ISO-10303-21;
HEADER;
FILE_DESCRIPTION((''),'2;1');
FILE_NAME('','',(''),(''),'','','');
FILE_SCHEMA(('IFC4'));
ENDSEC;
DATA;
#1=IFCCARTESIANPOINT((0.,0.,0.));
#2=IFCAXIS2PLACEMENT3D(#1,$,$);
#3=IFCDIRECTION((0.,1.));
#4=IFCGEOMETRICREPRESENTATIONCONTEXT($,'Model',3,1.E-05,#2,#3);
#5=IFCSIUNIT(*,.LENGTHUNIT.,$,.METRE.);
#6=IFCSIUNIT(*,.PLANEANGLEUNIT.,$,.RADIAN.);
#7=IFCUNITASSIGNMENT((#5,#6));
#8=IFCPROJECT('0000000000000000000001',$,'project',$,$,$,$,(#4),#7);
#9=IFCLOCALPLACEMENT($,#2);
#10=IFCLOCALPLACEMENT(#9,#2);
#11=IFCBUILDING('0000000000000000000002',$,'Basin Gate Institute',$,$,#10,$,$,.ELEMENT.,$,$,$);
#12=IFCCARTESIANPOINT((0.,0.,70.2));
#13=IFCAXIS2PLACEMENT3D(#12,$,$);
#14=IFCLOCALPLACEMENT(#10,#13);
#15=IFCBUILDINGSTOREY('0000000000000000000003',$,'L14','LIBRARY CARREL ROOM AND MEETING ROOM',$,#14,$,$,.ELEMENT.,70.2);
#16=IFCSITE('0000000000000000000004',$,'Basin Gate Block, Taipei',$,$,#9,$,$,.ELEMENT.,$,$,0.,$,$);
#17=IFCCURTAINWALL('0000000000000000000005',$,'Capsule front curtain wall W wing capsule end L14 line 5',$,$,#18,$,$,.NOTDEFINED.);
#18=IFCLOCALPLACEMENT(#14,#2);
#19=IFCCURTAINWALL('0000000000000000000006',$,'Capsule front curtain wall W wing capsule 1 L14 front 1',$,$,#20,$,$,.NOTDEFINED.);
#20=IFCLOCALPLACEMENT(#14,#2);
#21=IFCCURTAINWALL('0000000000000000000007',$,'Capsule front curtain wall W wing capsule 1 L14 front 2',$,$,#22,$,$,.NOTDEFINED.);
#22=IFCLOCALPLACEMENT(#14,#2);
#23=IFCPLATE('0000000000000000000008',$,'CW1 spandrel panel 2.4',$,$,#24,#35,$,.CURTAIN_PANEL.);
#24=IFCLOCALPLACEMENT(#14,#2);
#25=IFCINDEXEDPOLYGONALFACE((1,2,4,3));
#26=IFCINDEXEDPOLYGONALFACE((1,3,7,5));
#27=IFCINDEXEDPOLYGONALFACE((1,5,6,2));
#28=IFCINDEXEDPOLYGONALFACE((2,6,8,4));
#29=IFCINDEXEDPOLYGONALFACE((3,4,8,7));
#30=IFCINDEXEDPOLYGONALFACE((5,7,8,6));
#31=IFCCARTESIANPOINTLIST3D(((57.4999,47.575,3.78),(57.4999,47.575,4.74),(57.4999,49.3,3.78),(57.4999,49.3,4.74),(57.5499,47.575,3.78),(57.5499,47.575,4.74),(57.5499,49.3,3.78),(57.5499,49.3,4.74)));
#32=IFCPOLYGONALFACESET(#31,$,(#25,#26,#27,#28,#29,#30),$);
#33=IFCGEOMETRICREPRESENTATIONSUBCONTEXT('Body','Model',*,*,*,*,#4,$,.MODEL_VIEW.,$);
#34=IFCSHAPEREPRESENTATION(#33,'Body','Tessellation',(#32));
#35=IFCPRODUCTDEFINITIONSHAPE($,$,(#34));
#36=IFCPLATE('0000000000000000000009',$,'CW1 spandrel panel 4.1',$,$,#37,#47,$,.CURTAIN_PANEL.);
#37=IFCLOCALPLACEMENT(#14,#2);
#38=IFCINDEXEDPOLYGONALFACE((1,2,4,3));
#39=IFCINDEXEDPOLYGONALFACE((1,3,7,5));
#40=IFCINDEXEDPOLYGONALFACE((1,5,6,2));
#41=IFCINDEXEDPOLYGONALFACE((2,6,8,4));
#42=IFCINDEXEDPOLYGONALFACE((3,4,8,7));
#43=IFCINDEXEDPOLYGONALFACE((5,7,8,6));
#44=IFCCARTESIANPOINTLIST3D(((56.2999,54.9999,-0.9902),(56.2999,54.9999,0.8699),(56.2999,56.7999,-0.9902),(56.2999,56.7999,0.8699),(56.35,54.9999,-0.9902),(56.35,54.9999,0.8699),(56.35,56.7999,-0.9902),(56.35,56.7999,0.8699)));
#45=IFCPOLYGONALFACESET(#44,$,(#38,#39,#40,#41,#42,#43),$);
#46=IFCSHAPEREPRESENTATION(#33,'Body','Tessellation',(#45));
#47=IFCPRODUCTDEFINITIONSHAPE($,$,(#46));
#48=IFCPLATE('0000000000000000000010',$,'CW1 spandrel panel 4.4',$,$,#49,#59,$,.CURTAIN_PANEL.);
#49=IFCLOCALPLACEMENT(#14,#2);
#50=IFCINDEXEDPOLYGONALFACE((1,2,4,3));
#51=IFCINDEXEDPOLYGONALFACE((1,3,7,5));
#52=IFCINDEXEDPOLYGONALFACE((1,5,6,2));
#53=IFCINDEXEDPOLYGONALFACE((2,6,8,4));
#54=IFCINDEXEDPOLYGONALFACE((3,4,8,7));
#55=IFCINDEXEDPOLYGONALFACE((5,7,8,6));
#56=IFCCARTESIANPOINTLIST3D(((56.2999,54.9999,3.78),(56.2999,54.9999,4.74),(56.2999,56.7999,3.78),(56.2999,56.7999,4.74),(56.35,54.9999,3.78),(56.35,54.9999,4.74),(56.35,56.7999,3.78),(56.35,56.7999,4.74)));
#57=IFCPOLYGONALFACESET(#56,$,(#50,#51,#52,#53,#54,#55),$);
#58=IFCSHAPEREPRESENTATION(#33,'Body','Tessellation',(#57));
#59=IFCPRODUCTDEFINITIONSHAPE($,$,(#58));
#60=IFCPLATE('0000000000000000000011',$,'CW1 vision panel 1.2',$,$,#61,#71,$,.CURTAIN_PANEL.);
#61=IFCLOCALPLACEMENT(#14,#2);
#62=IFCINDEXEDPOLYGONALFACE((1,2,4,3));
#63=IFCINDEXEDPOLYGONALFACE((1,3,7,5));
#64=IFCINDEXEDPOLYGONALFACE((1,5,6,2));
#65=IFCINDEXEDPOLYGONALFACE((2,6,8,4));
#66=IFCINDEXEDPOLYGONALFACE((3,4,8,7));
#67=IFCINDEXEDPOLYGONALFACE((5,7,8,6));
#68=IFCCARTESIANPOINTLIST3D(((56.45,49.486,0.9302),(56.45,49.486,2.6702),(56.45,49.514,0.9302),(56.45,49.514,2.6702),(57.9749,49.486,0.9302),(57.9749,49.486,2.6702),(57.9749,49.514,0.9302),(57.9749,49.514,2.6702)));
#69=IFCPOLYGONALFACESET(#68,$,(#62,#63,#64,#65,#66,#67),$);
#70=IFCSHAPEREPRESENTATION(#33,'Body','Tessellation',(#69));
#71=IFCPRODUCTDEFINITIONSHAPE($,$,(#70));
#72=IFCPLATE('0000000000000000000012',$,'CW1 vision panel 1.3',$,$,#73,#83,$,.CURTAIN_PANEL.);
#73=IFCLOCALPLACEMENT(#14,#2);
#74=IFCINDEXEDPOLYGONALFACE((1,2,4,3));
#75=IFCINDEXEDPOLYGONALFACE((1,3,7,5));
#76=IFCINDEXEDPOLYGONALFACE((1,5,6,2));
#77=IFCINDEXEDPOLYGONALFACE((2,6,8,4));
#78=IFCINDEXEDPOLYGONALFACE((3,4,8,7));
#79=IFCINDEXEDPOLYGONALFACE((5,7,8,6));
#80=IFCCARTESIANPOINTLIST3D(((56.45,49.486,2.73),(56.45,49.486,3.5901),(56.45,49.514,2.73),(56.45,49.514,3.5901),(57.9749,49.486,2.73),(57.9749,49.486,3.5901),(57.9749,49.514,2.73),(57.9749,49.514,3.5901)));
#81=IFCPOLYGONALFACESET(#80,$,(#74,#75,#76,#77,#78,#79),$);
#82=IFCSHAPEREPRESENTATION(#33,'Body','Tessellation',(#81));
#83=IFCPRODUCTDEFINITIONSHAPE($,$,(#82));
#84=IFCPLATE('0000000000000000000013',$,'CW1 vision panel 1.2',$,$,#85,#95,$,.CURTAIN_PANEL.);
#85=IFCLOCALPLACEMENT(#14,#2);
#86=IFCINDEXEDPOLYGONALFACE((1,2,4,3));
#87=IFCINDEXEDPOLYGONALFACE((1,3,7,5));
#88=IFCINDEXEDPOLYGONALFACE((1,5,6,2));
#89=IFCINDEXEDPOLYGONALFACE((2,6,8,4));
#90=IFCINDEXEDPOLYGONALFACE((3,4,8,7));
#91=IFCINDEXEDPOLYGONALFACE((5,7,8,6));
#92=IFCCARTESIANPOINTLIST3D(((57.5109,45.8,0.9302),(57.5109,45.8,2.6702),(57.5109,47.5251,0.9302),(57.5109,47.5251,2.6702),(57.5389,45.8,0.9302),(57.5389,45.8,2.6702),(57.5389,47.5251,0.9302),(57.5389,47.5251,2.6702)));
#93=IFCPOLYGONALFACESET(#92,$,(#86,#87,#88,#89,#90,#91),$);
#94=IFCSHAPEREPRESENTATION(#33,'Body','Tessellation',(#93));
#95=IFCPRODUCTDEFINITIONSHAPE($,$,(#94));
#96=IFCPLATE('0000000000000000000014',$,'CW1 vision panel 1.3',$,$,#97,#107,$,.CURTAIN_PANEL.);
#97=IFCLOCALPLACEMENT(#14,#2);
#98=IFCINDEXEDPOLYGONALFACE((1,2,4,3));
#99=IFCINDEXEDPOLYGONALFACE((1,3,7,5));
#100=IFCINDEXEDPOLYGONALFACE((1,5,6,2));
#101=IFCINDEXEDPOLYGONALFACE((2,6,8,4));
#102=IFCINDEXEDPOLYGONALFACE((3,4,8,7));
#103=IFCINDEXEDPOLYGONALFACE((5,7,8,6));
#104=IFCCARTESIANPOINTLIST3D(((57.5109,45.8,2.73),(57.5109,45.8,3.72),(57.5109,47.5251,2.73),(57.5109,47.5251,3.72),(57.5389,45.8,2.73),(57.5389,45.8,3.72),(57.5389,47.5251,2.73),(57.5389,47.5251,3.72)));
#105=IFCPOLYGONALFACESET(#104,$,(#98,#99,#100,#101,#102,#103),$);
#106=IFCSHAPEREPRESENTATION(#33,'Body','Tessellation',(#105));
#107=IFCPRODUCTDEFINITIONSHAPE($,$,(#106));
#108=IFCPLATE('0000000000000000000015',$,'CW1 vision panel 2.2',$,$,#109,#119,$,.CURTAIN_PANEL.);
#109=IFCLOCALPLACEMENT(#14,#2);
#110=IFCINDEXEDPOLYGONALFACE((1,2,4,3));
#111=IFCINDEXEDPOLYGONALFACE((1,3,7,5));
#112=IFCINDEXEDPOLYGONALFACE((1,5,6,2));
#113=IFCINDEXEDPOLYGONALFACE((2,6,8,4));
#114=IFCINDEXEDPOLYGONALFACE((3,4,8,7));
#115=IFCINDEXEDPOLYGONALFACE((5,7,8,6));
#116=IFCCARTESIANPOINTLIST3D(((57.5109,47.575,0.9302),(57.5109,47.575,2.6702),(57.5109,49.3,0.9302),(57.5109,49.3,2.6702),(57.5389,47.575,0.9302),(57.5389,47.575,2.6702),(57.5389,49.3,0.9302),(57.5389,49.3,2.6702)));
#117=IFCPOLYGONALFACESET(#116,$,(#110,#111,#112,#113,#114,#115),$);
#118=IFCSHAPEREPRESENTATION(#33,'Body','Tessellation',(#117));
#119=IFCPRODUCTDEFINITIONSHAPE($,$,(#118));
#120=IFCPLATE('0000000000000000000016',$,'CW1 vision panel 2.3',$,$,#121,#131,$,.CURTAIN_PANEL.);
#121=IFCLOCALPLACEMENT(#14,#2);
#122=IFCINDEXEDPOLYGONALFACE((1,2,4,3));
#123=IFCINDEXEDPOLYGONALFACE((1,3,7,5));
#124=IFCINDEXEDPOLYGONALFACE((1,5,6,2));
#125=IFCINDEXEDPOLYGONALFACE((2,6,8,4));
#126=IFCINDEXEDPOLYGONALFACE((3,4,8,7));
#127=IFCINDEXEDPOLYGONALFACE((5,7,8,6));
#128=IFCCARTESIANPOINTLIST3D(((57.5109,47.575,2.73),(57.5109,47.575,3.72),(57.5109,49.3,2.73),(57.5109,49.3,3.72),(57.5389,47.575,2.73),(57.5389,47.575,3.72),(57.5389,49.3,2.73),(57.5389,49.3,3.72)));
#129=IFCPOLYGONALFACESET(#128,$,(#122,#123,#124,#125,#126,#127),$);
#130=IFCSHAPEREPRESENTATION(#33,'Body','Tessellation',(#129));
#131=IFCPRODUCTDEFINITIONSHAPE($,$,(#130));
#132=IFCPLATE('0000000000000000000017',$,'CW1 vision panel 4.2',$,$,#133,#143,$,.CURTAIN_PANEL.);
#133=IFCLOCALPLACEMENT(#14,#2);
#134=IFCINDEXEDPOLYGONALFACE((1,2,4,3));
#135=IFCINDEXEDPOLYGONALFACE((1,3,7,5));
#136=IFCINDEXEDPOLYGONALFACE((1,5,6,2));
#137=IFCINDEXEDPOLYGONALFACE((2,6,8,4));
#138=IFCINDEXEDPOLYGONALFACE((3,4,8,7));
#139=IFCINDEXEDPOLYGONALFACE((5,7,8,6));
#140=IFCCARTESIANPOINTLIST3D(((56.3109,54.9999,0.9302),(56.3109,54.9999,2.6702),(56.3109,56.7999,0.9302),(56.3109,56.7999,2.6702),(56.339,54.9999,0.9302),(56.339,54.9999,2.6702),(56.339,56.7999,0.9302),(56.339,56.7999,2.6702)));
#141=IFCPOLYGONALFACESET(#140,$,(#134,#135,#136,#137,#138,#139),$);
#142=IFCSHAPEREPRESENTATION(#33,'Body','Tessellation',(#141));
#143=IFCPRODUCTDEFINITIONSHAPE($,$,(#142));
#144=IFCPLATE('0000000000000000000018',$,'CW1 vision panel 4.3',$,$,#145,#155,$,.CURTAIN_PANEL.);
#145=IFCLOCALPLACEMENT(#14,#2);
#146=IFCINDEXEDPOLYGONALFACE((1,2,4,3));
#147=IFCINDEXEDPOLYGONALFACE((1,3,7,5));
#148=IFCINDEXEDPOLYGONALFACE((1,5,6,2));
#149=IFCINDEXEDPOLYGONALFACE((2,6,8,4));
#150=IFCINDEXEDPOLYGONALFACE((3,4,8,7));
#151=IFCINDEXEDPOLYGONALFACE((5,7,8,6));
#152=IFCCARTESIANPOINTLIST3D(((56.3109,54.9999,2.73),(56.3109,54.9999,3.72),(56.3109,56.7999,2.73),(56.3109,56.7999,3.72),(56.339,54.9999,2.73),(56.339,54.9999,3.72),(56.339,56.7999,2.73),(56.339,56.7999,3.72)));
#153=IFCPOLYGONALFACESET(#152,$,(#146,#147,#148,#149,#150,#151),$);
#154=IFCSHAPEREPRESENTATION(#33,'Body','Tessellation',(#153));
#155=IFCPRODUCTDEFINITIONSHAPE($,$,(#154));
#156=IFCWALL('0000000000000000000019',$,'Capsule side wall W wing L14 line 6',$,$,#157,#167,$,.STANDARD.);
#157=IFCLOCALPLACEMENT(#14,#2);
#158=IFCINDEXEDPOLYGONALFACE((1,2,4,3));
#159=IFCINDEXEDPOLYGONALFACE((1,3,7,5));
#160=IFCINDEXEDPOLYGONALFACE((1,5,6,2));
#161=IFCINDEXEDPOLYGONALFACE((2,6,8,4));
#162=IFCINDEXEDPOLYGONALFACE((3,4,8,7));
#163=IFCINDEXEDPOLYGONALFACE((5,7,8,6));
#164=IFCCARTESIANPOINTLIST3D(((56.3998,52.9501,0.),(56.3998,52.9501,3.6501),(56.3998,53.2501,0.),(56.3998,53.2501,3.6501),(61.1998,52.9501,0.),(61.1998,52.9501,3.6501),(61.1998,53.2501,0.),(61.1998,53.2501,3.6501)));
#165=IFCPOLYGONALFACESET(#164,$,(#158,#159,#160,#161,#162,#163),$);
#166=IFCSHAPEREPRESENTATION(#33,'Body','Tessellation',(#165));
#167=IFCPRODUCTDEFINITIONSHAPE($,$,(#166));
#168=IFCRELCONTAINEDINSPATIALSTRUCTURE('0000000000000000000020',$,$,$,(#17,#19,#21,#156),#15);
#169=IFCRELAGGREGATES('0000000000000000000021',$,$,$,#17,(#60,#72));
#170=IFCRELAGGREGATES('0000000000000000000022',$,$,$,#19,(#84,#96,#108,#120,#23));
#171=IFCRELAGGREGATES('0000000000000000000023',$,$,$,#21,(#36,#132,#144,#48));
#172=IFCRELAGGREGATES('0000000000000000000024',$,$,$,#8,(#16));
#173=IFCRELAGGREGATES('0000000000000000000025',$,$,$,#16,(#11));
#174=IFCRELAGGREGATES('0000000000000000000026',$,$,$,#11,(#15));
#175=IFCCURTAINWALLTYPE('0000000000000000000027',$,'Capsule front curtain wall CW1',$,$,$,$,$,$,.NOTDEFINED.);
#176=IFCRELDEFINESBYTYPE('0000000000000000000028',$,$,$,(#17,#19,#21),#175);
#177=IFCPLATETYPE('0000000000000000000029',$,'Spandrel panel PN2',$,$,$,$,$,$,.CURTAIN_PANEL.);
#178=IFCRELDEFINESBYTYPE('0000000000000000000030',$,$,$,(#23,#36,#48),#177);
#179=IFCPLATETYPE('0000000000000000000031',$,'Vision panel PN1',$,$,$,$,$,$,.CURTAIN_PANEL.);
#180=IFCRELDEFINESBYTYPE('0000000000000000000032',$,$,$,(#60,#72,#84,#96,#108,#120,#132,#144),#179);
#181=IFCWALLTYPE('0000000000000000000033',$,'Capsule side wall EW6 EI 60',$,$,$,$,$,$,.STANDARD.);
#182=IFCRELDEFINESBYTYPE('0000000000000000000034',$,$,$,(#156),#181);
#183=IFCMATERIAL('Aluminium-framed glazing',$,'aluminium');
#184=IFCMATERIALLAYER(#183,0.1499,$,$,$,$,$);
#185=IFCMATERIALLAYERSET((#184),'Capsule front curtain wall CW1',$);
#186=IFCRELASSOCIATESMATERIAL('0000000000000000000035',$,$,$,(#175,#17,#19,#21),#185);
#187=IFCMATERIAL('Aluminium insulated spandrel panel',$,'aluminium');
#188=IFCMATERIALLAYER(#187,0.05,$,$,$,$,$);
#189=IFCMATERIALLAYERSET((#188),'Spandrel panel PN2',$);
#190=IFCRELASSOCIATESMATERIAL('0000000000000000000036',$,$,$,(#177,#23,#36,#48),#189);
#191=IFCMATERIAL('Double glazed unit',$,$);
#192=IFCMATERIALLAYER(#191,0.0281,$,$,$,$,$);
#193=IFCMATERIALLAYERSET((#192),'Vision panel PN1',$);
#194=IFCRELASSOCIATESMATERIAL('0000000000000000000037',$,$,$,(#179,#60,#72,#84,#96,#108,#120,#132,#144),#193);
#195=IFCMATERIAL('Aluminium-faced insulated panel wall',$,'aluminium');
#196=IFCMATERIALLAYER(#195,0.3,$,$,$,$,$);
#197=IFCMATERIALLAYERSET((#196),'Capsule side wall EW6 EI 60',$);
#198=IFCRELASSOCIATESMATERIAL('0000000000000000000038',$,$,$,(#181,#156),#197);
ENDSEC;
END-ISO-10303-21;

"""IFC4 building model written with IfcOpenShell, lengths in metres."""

from ifc_helpers import new_model, si_unit, direction, frame, frame_2d, origin, origin_2d, place, context, subcontext, project, spatial, rectangle, extrude, material, layer, layer_set, type_object, element, aggregate, save


model = new_model("IFC4")

# Units and contexts
model_context = context("Model", 3, precision=1e-05, world=origin(), true_north=direction((0.0, 1.0)))
body_context = subcontext(model_context, "Body", "Model", "MODEL_VIEW")
ifc_project = project(units=[si_unit("LENGTHUNIT", "METRE"), si_unit("PLANEANGLEUNIT", "RADIAN")], contexts=[model_context])

# Site, building, storey
site_placement = place(None, origin())
site = spatial("IfcSite", under=ifc_project, at=site_placement, Name="Basin Gate Block, Taipei", CompositionType="ELEMENT", RefElevation=0.0)
building_placement = place(site_placement, origin())
building = spatial("IfcBuilding", under=site, at=building_placement, Name="Basin Gate Institute", CompositionType="ELEMENT")
storey_placement = place(building_placement, frame((0.0, 0.0, 70.2)))
storey = spatial("IfcBuildingStorey", under=building, at=storey_placement, Name="L14", Description="LIBRARY CARREL ROOM AND MEETING ROOM", CompositionType="ELEMENT", Elevation=70.2)

# Curtain wall
ifc_material_1 = material(Name="Aluminium-framed glazing", Category="aluminium")
ifc_layer_1 = layer(ifc_material_1, 0.1499)
ifc_layer_set_1 = layer_set([ifc_layer_1], Name="Capsule front curtain wall CW1")
curtain_wall_type = type_object("IfcCurtainWallType", Name="Capsule front curtain wall CW1", PredefinedType="NOTDEFINED", material=ifc_layer_set_1)
curtain_wall_1_placement = place(storey_placement, origin())
curtain_wall_1 = element("IfcCurtainWall", 1, at=curtain_wall_1_placement, inside=storey, type_object=curtain_wall_type, material=ifc_layer_set_1, Name="Capsule front curtain wall W wing capsule end L14 line 5", PredefinedType="NOTDEFINED")

# Curtain wall
curtain_wall_2_placement = place(storey_placement, origin())
curtain_wall_2 = element("IfcCurtainWall", 2, at=curtain_wall_2_placement, inside=storey, type_object=curtain_wall_type, material=ifc_layer_set_1, Name="Capsule front curtain wall W wing capsule 1 L14 front 1", PredefinedType="NOTDEFINED")

# Curtain wall
curtain_wall_3_placement = place(storey_placement, origin())
curtain_wall_3 = element("IfcCurtainWall", 3, at=curtain_wall_3_placement, inside=storey, type_object=curtain_wall_type, material=ifc_layer_set_1, Name="Capsule front curtain wall W wing capsule 1 L14 front 2", PredefinedType="NOTDEFINED")

# Plates
ifc_material_2 = material(Name="Aluminium insulated spandrel panel", Category="aluminium")
ifc_layer_2 = layer(ifc_material_2, 0.05)
ifc_layer_set_2 = layer_set([ifc_layer_2], Name="Spandrel panel PN2")
plate_type_1 = type_object("IfcPlateType", Name="Spandrel panel PN2", PredefinedType="CURTAIN_PANEL", material=ifc_layer_set_2)
plate_1_placement = place(storey_placement, frame((57.5249, 48.4375, 3.78), z_axis=(0.0, 0.0, 1.0), x_axis=(0.0, 1.0, 0.0)))
plate_1 = element("IfcPlate", 4, at=plate_1_placement, type_object=plate_type_1, material=ifc_layer_set_2, Name="CW1 spandrel panel 2.4", PredefinedType="CURTAIN_PANEL", context=body_context, shape_type="SweptSolid", body=[
    extrude(rectangle(XDim=1.7251, YDim=0.05, at=origin_2d()), origin(), (0.0, 0.0, 1.0), 0.96),
])
plate_2_placement = place(storey_placement, frame((56.325, 55.8999, -0.9902), z_axis=(0.0, 0.0, 1.0), x_axis=(0.0, 1.0, 0.0)))
plate_2 = element("IfcPlate", 5, at=plate_2_placement, type_object=plate_type_1, material=ifc_layer_set_2, Name="CW1 spandrel panel 4.1", PredefinedType="CURTAIN_PANEL", context=body_context, shape_type="SweptSolid", body=[
    extrude(rectangle(XDim=1.8, YDim=0.05, at=origin_2d()), origin(), (0.0, 0.0, 1.0), 1.8601),
])
plate_3_placement = place(storey_placement, frame((56.325, 55.8999, 3.78), z_axis=(0.0, 0.0, 1.0), x_axis=(0.0, 1.0, 0.0)))
plate_3 = element("IfcPlate", 6, at=plate_3_placement, type_object=plate_type_1, material=ifc_layer_set_2, Name="CW1 spandrel panel 4.4", PredefinedType="CURTAIN_PANEL", context=body_context, shape_type="SweptSolid", body=[
    extrude(rectangle(XDim=1.8, YDim=0.05, at=origin_2d()), origin(), (0.0, 0.0, 1.0), 0.96),
])
ifc_material_3 = material(Name="Double glazed unit")
ifc_layer_3 = layer(ifc_material_3, 0.0281)
ifc_layer_set_3 = layer_set([ifc_layer_3], Name="Vision panel PN1")
plate_type_2 = type_object("IfcPlateType", Name="Vision panel PN1", PredefinedType="CURTAIN_PANEL", material=ifc_layer_set_3)
plate_4_placement = place(storey_placement, frame((57.2124, 49.5, 0.9302), z_axis=(0.0, 0.0, 1.0), x_axis=(1.0, 0.0, 0.0)))
plate_4 = element("IfcPlate", 7, at=plate_4_placement, type_object=plate_type_2, material=ifc_layer_set_3, Name="CW1 vision panel 1.2", PredefinedType="CURTAIN_PANEL", context=body_context, shape_type="SweptSolid", body=[
    extrude(rectangle(XDim=1.5249, YDim=0.0281, at=origin_2d()), origin(), (0.0, 0.0, 1.0), 1.74),
])
plate_5_placement = place(storey_placement, frame((57.2124, 49.5, 2.73), z_axis=(0.0, 0.0, 1.0), x_axis=(1.0, 0.0, 0.0)))
plate_5 = element("IfcPlate", 8, at=plate_5_placement, type_object=plate_type_2, material=ifc_layer_set_3, Name="CW1 vision panel 1.3", PredefinedType="CURTAIN_PANEL", context=body_context, shape_type="SweptSolid", body=[
    extrude(rectangle(XDim=1.5249, YDim=0.0281, at=origin_2d()), origin(), (0.0, 0.0, 1.0), 0.8601),
])
aggregate(curtain_wall_1, [plate_4, plate_5])
plate_6_placement = place(storey_placement, frame((57.5249, 46.6626, 0.9302), z_axis=(0.0, 0.0, 1.0), x_axis=(0.0, 1.0, 0.0)))
plate_6 = element("IfcPlate", 9, at=plate_6_placement, type_object=plate_type_2, material=ifc_layer_set_3, Name="CW1 vision panel 1.2", PredefinedType="CURTAIN_PANEL", context=body_context, shape_type="SweptSolid", body=[
    extrude(rectangle(XDim=1.7251, YDim=0.0281, at=origin_2d()), origin(), (0.0, 0.0, 1.0), 1.74),
])
plate_7_placement = place(storey_placement, frame((57.5249, 46.6626, 2.73), z_axis=(0.0, 0.0, 1.0), x_axis=(0.0, 1.0, 0.0)))
plate_7 = element("IfcPlate", 10, at=plate_7_placement, type_object=plate_type_2, material=ifc_layer_set_3, Name="CW1 vision panel 1.3", PredefinedType="CURTAIN_PANEL", context=body_context, shape_type="SweptSolid", body=[
    extrude(rectangle(XDim=1.7251, YDim=0.0281, at=origin_2d()), origin(), (0.0, 0.0, 1.0), 0.99),
])
plate_8_placement = place(storey_placement, frame((57.5249, 48.4375, 0.9302), z_axis=(0.0, 0.0, 1.0), x_axis=(0.0, 1.0, 0.0)))
plate_8 = element("IfcPlate", 11, at=plate_8_placement, type_object=plate_type_2, material=ifc_layer_set_3, Name="CW1 vision panel 2.2", PredefinedType="CURTAIN_PANEL", context=body_context, shape_type="SweptSolid", body=[
    extrude(rectangle(XDim=1.7251, YDim=0.0281, at=origin_2d()), origin(), (0.0, 0.0, 1.0), 1.74),
])
plate_9_placement = place(storey_placement, frame((57.5249, 48.4375, 2.73), z_axis=(0.0, 0.0, 1.0), x_axis=(0.0, 1.0, 0.0)))
plate_9 = element("IfcPlate", 12, at=plate_9_placement, type_object=plate_type_2, material=ifc_layer_set_3, Name="CW1 vision panel 2.3", PredefinedType="CURTAIN_PANEL", context=body_context, shape_type="SweptSolid", body=[
    extrude(rectangle(XDim=1.7251, YDim=0.0281, at=origin_2d()), origin(), (0.0, 0.0, 1.0), 0.99),
])
aggregate(curtain_wall_2, [plate_6, plate_7, plate_8, plate_9, plate_1])
plate_10_placement = place(storey_placement, frame((56.325, 55.8999, 0.9302), z_axis=(0.0, 0.0, 1.0), x_axis=(0.0, 1.0, 0.0)))
plate_10 = element("IfcPlate", 13, at=plate_10_placement, type_object=plate_type_2, material=ifc_layer_set_3, Name="CW1 vision panel 4.2", PredefinedType="CURTAIN_PANEL", context=body_context, shape_type="SweptSolid", body=[
    extrude(rectangle(XDim=1.8, YDim=0.0281, at=origin_2d()), origin(), (0.0, 0.0, 1.0), 1.74),
])
plate_11_placement = place(storey_placement, frame((56.325, 55.8999, 2.73), z_axis=(0.0, 0.0, 1.0), x_axis=(0.0, 1.0, 0.0)))
plate_11 = element("IfcPlate", 14, at=plate_11_placement, type_object=plate_type_2, material=ifc_layer_set_3, Name="CW1 vision panel 4.3", PredefinedType="CURTAIN_PANEL", context=body_context, shape_type="SweptSolid", body=[
    extrude(rectangle(XDim=1.8, YDim=0.0281, at=origin_2d()), origin(), (0.0, 0.0, 1.0), 0.99),
])
aggregate(curtain_wall_3, [plate_2, plate_10, plate_11, plate_3])

# Wall
ifc_material_4 = material(Name="Aluminium-faced insulated panel wall", Category="aluminium")
ifc_layer_4 = layer(ifc_material_4, 0.3)
ifc_layer_set_4 = layer_set([ifc_layer_4], Name="Capsule side wall EW6 EI 60")
wall_type = type_object("IfcWallType", Name="Capsule side wall EW6 EI 60", PredefinedType="STANDARD", material=ifc_layer_set_4)
wall_placement = place(storey_placement, frame((56.3999, 53.1001, 0.0), z_axis=(0.0, 0.0, 1.0), x_axis=(1.0, 0.0, 0.0)))
element("IfcWall", 15, at=wall_placement, inside=storey, type_object=wall_type, material=ifc_layer_set_4, Name="Capsule side wall W wing L14 line 6", PredefinedType="STANDARD", context=body_context, shape_type="SweptSolid", body=[
    extrude(rectangle(XDim=4.8, YDim=0.3, at=frame_2d((2.3999, 0.0))), origin(), (0.0, 0.0, 1.0), 3.6501),
])

save(model, "model.ifc")
